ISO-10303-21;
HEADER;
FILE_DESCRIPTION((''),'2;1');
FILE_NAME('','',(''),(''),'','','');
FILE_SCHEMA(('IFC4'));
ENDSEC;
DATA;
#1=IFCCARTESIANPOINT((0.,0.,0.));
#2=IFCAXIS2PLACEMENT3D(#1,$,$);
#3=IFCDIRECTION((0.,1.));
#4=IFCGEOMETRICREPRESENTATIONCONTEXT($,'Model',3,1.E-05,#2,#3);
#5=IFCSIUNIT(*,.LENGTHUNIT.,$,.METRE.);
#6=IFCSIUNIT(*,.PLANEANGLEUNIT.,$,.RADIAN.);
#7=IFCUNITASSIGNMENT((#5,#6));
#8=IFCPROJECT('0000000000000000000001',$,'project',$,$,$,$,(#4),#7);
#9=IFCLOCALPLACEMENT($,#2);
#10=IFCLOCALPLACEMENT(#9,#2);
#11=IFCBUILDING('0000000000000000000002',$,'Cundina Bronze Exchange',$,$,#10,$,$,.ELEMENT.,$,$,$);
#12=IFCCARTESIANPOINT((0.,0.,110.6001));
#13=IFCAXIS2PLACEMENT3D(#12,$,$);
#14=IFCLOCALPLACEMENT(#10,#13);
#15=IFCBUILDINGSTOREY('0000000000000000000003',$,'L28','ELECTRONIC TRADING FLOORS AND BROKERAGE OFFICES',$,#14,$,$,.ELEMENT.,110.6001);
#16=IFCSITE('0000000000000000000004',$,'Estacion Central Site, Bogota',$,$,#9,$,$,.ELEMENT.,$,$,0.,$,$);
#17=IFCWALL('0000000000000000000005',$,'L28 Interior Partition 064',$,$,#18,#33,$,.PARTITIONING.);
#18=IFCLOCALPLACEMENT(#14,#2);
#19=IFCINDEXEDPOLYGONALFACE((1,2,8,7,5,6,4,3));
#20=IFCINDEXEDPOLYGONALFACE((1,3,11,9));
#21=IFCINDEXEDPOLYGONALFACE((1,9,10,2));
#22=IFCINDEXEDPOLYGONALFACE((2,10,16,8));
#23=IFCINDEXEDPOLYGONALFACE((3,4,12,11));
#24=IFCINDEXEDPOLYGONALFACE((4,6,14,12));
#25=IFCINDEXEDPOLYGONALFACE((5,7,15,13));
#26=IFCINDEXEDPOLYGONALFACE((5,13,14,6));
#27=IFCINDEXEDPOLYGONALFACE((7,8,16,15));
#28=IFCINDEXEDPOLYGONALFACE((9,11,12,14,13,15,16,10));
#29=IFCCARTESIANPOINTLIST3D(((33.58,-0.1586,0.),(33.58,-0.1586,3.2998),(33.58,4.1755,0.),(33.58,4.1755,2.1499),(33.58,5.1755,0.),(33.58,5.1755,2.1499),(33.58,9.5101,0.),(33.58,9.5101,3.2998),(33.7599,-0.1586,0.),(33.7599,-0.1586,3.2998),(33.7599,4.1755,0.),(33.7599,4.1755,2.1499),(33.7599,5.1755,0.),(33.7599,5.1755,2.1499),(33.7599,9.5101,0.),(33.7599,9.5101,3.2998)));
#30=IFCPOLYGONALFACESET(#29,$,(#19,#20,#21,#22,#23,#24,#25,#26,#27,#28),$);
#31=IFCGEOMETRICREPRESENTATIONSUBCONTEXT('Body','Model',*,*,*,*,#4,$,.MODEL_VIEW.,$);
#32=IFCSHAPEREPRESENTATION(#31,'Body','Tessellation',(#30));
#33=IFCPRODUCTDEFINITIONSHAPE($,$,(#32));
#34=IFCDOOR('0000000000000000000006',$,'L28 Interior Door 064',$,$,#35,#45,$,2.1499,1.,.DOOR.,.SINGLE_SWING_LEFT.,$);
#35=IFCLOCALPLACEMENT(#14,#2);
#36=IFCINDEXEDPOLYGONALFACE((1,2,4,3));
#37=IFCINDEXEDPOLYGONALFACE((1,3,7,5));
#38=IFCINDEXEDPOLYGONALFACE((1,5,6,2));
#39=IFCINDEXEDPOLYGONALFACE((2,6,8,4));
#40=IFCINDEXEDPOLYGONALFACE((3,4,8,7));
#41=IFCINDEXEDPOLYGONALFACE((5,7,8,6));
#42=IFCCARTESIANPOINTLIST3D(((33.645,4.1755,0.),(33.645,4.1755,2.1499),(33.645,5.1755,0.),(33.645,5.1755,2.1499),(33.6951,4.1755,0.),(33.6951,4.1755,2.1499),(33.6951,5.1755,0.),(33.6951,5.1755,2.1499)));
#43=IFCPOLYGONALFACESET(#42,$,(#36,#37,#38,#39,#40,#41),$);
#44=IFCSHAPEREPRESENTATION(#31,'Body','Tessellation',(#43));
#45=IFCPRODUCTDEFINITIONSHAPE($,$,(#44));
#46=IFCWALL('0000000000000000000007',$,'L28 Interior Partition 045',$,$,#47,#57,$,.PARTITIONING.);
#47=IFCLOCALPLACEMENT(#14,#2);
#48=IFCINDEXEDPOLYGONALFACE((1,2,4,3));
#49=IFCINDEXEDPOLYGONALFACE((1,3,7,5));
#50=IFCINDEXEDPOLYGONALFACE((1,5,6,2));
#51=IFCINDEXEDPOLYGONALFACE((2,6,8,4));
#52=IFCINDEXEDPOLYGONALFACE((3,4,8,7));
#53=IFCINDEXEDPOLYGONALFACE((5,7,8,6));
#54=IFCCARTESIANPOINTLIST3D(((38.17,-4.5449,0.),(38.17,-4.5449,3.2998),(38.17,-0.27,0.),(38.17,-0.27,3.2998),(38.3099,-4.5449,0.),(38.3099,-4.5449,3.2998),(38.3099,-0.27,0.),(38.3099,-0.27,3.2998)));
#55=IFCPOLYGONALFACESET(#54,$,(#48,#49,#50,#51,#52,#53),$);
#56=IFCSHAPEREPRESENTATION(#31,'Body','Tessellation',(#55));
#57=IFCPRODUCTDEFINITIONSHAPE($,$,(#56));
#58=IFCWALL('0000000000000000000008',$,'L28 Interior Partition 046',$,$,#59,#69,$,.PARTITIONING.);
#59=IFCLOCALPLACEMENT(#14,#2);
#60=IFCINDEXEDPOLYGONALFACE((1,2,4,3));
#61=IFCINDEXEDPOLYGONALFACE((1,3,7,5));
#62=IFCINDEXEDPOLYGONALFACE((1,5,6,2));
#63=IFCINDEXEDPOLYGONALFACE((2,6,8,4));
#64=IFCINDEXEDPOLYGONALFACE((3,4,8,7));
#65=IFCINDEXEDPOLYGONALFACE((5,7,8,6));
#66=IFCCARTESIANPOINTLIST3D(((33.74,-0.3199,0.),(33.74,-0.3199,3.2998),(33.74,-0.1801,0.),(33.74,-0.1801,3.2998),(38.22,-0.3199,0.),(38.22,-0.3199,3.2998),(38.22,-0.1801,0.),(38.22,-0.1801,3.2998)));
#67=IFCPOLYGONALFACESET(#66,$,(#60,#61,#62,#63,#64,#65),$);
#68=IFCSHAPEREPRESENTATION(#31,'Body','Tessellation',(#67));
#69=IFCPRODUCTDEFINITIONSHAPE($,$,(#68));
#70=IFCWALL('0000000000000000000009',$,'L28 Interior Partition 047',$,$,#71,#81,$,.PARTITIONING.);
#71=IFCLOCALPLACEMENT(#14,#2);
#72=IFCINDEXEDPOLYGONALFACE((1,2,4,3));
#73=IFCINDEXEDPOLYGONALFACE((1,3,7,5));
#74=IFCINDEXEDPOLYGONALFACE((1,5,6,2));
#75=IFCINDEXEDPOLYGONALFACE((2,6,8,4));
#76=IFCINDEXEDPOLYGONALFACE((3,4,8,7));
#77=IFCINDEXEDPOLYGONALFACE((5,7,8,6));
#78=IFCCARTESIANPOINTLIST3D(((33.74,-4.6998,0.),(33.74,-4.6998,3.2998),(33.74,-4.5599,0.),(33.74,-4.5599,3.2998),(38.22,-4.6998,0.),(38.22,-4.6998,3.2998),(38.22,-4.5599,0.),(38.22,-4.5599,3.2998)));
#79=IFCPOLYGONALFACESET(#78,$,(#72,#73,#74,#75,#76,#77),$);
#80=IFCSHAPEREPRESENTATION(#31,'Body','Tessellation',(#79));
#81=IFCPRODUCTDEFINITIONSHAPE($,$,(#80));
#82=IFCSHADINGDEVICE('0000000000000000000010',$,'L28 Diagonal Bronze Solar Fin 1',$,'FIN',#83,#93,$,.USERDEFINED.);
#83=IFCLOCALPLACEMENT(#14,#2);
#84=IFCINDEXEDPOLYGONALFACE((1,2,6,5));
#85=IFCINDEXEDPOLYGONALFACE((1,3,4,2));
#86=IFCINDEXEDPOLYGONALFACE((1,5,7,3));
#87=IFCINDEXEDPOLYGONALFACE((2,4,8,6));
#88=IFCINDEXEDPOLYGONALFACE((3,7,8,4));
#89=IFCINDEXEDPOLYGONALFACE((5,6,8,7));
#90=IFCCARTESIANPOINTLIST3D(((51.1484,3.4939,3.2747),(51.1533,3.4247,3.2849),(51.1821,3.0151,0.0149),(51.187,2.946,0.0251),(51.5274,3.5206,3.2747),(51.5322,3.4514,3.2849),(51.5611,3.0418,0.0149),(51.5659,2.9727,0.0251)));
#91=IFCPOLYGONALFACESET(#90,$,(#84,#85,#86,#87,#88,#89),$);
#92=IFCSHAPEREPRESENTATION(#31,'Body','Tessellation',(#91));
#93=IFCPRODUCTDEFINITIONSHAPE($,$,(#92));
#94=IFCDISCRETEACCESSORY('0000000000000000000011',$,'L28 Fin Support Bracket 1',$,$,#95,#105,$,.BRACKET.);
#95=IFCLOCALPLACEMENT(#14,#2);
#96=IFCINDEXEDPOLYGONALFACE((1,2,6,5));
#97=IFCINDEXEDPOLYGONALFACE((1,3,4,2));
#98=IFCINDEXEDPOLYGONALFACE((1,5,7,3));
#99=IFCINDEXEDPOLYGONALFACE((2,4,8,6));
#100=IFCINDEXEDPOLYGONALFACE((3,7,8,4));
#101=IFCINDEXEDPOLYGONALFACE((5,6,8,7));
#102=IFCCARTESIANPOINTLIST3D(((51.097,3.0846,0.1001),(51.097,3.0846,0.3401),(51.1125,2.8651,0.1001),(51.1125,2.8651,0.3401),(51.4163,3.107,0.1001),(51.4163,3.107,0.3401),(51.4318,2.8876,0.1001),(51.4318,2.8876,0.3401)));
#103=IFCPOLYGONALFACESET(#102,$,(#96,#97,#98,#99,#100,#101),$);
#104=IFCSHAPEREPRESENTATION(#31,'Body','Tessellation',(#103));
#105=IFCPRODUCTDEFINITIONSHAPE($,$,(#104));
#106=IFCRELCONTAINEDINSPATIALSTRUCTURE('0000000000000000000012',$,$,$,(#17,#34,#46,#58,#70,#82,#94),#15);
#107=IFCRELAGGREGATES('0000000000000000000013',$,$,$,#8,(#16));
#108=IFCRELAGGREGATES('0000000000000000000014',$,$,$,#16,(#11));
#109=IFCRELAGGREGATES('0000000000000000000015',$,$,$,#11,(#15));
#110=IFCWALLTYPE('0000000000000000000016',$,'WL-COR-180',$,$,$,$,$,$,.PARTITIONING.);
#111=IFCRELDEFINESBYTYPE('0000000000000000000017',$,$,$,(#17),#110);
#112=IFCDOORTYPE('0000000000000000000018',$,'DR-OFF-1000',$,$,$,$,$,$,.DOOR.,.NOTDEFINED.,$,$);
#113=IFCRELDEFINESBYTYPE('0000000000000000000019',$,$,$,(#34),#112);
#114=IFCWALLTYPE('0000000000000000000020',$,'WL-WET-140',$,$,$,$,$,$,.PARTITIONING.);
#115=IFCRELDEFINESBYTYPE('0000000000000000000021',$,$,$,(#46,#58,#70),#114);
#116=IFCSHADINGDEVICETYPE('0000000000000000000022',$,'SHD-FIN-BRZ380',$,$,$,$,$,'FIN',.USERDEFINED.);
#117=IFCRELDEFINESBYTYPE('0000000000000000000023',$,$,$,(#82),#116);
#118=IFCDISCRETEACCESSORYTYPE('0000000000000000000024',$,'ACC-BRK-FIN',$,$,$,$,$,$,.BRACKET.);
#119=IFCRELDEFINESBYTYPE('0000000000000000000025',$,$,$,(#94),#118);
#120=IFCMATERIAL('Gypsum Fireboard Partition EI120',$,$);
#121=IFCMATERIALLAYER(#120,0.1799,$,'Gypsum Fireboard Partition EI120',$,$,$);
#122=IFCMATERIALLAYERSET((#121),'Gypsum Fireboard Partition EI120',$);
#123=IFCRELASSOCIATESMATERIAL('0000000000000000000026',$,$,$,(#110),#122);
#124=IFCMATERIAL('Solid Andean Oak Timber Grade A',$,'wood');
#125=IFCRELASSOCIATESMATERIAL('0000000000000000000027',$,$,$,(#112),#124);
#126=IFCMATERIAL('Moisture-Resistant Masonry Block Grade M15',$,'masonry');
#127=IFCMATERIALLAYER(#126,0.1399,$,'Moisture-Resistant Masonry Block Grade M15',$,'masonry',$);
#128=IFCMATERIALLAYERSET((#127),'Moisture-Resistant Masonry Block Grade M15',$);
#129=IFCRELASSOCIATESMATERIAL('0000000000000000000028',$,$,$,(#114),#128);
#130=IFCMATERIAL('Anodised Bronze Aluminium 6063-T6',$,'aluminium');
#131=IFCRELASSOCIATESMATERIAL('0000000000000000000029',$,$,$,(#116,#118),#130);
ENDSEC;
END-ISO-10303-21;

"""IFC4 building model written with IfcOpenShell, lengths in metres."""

from ifc_helpers import new_model, si_unit, direction, frame, frame_2d, origin, origin_2d, place, context, subcontext, project, spatial, rectangle, extrude, material, layer, layer_set, material_profile, profile_set, type_object, element, fill, save


model = new_model("IFC4")

# Units and contexts
model_context = context("Model", 3, precision=1e-05, world=origin(), true_north=direction((0.0, 1.0)))
body_context = subcontext(model_context, "Body", "Model", "MODEL_VIEW")
ifc_project = project(units=[si_unit("LENGTHUNIT", "METRE"), si_unit("PLANEANGLEUNIT", "RADIAN")], contexts=[model_context])

# Site, building, storey
site_placement = place(None, origin())
site = spatial("IfcSite", under=ifc_project, at=site_placement, Name="Estacion Central Site, Bogota", CompositionType="ELEMENT", RefElevation=0.0)
building_placement = place(site_placement, origin())
building = spatial("IfcBuilding", under=site, at=building_placement, Name="Cundina Bronze Exchange", CompositionType="ELEMENT")
storey_placement = place(building_placement, frame((0.0, 0.0, 110.6001)))
storey = spatial("IfcBuildingStorey", under=building, at=storey_placement, Name="L28", Description="ELECTRONIC TRADING FLOORS AND BROKERAGE OFFICES", CompositionType="ELEMENT", Elevation=110.6001)

# Shared definitions
ifc_material_1 = material(Name="Anodised Bronze Aluminium 6063-T6", Category="aluminium")

# Shared definitions
ifc_material_2 = material(Name="Gypsum Fireboard Partition EI120")
ifc_layer_1 = layer(ifc_material_2, 0.1799, Name="Gypsum Fireboard Partition EI120")
ifc_layer_set_1 = layer_set([ifc_layer_1], Name="Gypsum Fireboard Partition EI120")
wall_type_1 = type_object("IfcWallType", Name="WL-COR-180", PredefinedType="PARTITIONING", material=ifc_layer_set_1)
ifc_material_3 = material(Name="Solid Andean Oak Timber Grade A", Category="wood")

# Wall, opening, door
wall_1_placement = place(storey_placement, frame((33.6699, -0.1587, 0.0), z_axis=(0.0, 0.0, 1.0), x_axis=(0.0, 1.0, 0.0)))
wall_1 = element("IfcWall", 1, at=wall_1_placement, inside=storey, type_object=wall_type_1, Name="L28 Interior Partition 064", PredefinedType="PARTITIONING", context=body_context, shape_type="SweptSolid", body=[
    extrude(rectangle(XDim=9.6687, YDim=0.1799, at=frame_2d((4.8345, 0.0))), origin(), (0.0, 0.0, 1.0), 3.2998),
])
opening_1_placement = place(wall_1_placement, frame((4.3342, 0.0, 0.0)))
opening_1 = element("IfcOpeningElement", 2, at=opening_1_placement, cuts=wall_1, PredefinedType="OPENING", context=body_context, shape_type="SweptSolid", body=[
    extrude(rectangle(XDim=1.0, YDim=2.1499, at=frame_2d((0.5, 1.075))), frame((0.0, 0.0999, 0.0), z_axis=(0.0, -1.0, 0.0), x_axis=(1.0, 0.0, 0.0)), (0.0, 0.0, 1.0), 0.2),
])
door_type_1 = type_object("IfcDoorType", Name="DR-OFF-1000", OperationType="NOTDEFINED", PredefinedType="DOOR", material=ifc_material_3)
door_1_placement = place(opening_1_placement, origin())
door_1 = element("IfcDoor", 3, at=door_1_placement, inside=storey, type_object=door_type_1, Name="L28 Interior Door 064", OperationType="SINGLE_SWING_LEFT", OverallHeight=2.1499, OverallWidth=1.0, PredefinedType="DOOR", context=body_context, shape_type="SweptSolid", body=[
    extrude(rectangle(XDim=1.0, YDim=2.1499, at=frame_2d((0.5, 1.075))), frame((0.0, 0.0249, 0.0), z_axis=(0.0, -1.0, 0.0), x_axis=(1.0, 0.0, 0.0)), (0.0, 0.0, 1.0), 0.05),
])
fill(opening_1, door_1)

# Walls
ifc_material_4 = material(Name="Moisture-Resistant Masonry Block Grade M15", Category="masonry")
ifc_layer_2 = layer(ifc_material_4, 0.1399, Name="Moisture-Resistant Masonry Block Grade M15", Category="masonry")
ifc_layer_set_2 = layer_set([ifc_layer_2], Name="Moisture-Resistant Masonry Block Grade M15")
wall_type_2 = type_object("IfcWallType", Name="WL-WET-140", PredefinedType="PARTITIONING", material=ifc_layer_set_2)
wall_2_placement = place(storey_placement, frame((38.24, -4.5449, 0.0), z_axis=(0.0, 0.0, 1.0), x_axis=(0.0, 1.0, 0.0)))
element("IfcWall", 4, at=wall_2_placement, inside=storey, type_object=wall_type_2, Name="L28 Interior Partition 045", PredefinedType="PARTITIONING", context=body_context, shape_type="SweptSolid", body=[
    extrude(rectangle(XDim=4.2749, YDim=0.1399, at=frame_2d((2.1375, 0.0))), origin(), (0.0, 0.0, 1.0), 3.2998),
])
for number, where, z_axis, x_axis, name in (
    (5, (33.74, -0.25, 0.0), (0.0, 0.0, 1.0), (1.0, 0.0, 0.0), "L28 Interior Partition 046"),
    (6, (33.74, -4.6299, 0.0), (0.0, 0.0, 1.0), (1.0, 0.0, 0.0), "L28 Interior Partition 047"),
):
    element("IfcWall", number, at=place(storey_placement, frame(where, z_axis=z_axis, x_axis=x_axis)), inside=storey, type_object=wall_type_2, Name=name, PredefinedType="PARTITIONING", context=body_context, shape_type="SweptSolid", body=[
        extrude(rectangle(XDim=4.48, YDim=0.1399, at=frame_2d((2.24, 0.0))), origin(), (0.0, 0.0, 1.0), 3.2998),
    ])

# Shading device
ifc_material_profile_1 = material_profile(ifc_material_1, rectangle(XDim=0.0701, YDim=0.3799, at=origin_2d()), Name="FIN70X380", Category="aluminium")
ifc_profile_set_1 = profile_set([ifc_material_profile_1], Name="Anodised Bronze Aluminium 6063-T6")
shading_device_type = type_object("IfcShadingDeviceType", Name="SHD-FIN-BRZ380", ElementType="FIN", PredefinedType="USERDEFINED", material=ifc_profile_set_1)
shading_device_placement = place(storey_placement, frame((51.374, 2.9939, 0.02), z_axis=(-0.010225, 0.145303, 0.989334), x_axis=(0.06945, -0.986894, 0.145662)))
element("IfcShadingDevice", 7, at=shading_device_placement, inside=storey, type_object=shading_device_type, Name="L28 Diagonal Bronze Solar Fin 1", ObjectType="FIN", PredefinedType="USERDEFINED", context=body_context, shape_type="SweptSolid", body=[
    extrude(rectangle(XDim=0.0701, YDim=0.3799, at=origin_2d()), origin(), (0.0, 0.0, 1.0), 3.2949),
])

# Discrete accessory
discrete_accessory_type = type_object("IfcDiscreteAccessoryType", Name="ACC-BRK-FIN", PredefinedType="BRACKET", material=ifc_material_1)
discrete_accessory_placement = place(storey_placement, frame((51.2644, 2.9861, 0.1001), z_axis=(0.0, 0.0, 1.0), x_axis=(-0.070279, 0.997527, 0.0)))
element("IfcDiscreteAccessory", 8, at=discrete_accessory_placement, inside=storey, type_object=discrete_accessory_type, Name="L28 Fin Support Bracket 1", PredefinedType="BRACKET", context=body_context, shape_type="SweptSolid", body=[
    extrude(rectangle(XDim=0.22, YDim=0.3201, at=origin_2d()), origin(), (0.0, 0.0, 1.0), 0.24),
])

save(model, "model.ifc")
